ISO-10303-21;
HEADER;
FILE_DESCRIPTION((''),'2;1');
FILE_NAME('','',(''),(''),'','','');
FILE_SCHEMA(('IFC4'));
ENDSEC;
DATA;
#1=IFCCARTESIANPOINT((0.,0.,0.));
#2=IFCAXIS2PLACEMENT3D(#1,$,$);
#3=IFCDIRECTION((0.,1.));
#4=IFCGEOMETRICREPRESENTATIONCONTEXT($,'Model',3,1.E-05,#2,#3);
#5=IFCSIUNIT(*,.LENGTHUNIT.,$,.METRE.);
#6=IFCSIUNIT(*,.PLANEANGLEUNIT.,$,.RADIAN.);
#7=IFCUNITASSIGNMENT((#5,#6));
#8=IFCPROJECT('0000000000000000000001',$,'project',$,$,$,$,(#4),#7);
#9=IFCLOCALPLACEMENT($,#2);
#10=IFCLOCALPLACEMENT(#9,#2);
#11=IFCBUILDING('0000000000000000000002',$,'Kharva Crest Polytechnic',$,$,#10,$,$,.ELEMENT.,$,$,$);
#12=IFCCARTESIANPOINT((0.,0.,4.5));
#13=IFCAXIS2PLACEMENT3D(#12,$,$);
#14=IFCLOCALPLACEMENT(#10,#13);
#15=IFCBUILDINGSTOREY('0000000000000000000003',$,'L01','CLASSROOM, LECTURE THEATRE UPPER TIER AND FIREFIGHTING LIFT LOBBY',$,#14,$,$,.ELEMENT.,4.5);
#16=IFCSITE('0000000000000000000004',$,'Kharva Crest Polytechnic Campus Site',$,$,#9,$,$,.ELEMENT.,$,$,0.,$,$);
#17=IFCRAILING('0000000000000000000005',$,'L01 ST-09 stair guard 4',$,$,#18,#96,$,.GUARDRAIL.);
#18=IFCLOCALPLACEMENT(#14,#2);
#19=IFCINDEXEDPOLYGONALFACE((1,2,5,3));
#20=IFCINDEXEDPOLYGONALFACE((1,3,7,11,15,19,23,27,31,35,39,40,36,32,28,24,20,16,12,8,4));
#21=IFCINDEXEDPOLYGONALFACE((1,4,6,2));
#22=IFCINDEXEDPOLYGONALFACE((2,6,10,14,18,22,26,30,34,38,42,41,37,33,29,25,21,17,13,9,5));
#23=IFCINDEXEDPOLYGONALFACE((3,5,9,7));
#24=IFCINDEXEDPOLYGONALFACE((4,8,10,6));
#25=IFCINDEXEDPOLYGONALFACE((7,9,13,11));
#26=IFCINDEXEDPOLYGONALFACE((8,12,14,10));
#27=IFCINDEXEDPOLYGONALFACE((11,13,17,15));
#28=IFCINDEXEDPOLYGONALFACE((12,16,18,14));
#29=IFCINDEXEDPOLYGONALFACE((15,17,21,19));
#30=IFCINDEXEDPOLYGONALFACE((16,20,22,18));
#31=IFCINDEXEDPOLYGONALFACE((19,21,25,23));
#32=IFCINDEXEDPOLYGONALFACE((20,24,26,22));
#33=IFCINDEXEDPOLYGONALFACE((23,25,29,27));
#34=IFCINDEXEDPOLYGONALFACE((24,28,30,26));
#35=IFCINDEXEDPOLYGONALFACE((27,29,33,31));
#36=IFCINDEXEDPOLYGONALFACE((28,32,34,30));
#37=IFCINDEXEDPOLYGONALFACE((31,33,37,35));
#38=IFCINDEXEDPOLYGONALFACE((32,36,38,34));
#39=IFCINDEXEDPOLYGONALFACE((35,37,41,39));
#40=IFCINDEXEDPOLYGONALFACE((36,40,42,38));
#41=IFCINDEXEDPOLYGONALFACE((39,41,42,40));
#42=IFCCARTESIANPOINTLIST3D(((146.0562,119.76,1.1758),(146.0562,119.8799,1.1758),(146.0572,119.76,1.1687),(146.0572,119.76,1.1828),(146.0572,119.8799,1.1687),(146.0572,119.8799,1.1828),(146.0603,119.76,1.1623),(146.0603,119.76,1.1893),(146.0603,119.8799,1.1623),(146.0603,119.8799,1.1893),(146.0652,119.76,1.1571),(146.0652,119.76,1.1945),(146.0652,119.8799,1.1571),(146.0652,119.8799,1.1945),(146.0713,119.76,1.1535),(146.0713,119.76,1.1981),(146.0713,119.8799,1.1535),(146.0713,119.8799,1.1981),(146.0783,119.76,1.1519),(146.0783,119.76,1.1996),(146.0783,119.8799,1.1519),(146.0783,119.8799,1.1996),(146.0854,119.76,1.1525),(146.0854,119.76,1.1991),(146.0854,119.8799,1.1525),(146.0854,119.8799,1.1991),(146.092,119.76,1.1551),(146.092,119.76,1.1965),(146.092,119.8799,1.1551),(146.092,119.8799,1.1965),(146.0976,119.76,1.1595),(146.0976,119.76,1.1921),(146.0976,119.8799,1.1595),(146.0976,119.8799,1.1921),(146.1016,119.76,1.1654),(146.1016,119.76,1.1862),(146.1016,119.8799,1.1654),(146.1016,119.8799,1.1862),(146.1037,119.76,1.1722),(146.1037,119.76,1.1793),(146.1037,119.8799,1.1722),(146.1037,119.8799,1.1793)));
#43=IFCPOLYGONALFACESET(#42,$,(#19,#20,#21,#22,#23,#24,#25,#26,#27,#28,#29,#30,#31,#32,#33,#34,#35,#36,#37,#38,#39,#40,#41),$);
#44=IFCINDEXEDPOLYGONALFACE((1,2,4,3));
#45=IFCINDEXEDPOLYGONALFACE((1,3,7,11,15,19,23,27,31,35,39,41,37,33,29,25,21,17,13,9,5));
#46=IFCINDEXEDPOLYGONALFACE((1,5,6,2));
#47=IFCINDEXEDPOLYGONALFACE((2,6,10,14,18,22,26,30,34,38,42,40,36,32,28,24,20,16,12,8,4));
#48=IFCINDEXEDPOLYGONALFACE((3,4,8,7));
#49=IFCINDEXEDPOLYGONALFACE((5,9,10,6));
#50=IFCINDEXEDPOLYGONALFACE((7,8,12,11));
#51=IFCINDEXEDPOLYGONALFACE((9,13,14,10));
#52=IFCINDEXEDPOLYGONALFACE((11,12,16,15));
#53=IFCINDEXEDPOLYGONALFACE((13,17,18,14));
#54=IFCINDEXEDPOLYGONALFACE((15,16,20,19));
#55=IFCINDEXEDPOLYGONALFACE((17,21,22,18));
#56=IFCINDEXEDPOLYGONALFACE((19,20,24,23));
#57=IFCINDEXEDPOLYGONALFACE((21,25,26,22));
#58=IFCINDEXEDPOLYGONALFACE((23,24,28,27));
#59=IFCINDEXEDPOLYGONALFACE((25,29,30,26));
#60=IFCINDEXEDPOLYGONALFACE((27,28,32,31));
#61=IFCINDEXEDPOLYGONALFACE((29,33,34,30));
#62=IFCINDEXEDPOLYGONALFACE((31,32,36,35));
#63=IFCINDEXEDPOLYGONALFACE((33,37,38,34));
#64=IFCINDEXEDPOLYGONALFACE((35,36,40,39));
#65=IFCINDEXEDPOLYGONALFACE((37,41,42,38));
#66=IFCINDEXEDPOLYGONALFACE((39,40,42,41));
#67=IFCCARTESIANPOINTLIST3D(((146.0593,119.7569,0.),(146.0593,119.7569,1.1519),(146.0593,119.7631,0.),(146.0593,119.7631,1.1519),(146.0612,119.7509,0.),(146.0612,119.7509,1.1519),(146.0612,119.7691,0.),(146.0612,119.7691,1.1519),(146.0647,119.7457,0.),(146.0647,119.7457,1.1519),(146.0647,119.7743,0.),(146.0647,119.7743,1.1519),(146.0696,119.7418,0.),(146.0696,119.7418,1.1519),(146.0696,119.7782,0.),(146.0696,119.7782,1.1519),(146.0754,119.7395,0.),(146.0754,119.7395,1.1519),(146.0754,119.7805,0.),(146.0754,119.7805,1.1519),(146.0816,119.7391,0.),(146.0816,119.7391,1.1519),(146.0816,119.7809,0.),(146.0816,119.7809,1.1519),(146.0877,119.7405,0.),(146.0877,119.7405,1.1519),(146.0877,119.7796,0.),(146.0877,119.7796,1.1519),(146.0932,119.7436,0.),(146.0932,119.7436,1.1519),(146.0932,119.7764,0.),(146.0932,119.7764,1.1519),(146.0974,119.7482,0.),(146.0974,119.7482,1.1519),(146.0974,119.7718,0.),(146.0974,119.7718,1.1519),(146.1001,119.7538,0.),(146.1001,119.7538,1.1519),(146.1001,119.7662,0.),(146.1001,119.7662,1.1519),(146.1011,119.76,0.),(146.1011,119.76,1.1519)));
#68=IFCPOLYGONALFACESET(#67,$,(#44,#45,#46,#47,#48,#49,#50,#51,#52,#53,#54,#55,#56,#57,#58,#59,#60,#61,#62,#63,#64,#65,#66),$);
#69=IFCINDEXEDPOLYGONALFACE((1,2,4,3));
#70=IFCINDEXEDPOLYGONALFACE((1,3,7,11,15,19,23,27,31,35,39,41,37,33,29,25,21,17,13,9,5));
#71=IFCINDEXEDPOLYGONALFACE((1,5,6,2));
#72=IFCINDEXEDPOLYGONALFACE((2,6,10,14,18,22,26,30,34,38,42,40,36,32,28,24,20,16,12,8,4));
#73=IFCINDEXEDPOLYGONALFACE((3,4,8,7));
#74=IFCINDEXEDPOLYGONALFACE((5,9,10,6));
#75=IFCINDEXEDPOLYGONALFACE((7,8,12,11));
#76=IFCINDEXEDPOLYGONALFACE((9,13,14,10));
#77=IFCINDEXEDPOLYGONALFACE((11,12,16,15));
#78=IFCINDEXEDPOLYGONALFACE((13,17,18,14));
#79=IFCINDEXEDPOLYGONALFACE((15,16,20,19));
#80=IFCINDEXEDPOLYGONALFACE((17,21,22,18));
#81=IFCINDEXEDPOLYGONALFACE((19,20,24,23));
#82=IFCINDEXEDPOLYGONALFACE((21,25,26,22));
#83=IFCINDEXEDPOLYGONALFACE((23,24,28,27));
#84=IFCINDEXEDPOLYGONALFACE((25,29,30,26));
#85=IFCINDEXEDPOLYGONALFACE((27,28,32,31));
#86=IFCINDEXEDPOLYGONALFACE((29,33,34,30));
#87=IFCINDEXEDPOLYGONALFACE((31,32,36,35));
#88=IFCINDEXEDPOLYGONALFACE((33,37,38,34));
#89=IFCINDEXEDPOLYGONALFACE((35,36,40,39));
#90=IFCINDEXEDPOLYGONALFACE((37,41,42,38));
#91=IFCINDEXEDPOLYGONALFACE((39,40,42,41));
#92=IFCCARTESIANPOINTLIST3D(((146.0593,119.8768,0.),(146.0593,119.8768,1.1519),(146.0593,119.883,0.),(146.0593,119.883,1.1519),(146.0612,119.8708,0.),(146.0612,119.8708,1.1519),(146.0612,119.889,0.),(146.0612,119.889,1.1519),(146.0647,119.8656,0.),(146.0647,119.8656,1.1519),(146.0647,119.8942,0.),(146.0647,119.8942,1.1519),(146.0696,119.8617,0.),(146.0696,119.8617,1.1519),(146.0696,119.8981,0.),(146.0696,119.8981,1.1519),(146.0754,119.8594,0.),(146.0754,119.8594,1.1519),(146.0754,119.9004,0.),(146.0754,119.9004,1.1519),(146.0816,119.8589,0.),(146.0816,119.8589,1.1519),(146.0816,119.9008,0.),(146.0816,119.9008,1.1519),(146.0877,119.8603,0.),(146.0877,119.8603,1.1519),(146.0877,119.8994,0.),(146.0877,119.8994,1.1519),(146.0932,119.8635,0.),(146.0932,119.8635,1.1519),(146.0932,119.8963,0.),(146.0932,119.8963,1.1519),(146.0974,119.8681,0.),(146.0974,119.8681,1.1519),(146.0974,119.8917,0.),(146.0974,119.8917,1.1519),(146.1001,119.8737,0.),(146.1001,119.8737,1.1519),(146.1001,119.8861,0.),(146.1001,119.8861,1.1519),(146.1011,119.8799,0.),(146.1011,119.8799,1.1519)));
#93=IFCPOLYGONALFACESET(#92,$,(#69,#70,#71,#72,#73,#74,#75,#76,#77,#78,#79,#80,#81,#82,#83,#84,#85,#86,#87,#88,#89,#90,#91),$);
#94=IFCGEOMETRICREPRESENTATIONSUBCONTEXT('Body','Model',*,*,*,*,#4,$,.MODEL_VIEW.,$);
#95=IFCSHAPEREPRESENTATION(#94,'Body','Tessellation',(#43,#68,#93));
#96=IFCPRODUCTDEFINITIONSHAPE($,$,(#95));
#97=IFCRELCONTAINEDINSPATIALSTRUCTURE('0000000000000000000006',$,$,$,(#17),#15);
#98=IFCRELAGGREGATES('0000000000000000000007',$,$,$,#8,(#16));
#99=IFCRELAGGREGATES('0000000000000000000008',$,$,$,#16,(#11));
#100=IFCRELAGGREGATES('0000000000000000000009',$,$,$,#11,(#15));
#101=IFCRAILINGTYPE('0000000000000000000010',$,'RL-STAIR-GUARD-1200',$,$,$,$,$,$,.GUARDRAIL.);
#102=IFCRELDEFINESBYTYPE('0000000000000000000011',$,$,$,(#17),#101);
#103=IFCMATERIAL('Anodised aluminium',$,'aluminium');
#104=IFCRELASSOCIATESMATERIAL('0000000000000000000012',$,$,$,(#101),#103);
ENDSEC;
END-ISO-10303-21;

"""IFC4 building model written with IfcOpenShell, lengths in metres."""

from ifc_helpers import new_model, si_unit, direction, frame, origin, origin_2d, place, context, subcontext, project, spatial, circle, extrude, material, type_object, element, save


model = new_model("IFC4")

# Units and contexts
model_context = context("Model", 3, precision=1e-05, world=origin(), true_north=direction((0.0, 1.0)))
body_context = subcontext(model_context, "Body", "Model", "MODEL_VIEW")
ifc_project = project(units=[si_unit("LENGTHUNIT", "METRE"), si_unit("PLANEANGLEUNIT", "RADIAN")], contexts=[model_context])

# Site, building, storey
site_placement = place(None, origin())
site = spatial("IfcSite", under=ifc_project, at=site_placement, Name="Kharva Crest Polytechnic Campus Site", CompositionType="ELEMENT", RefElevation=0.0)
building_placement = place(site_placement, origin())
building = spatial("IfcBuilding", under=site, at=building_placement, Name="Kharva Crest Polytechnic", CompositionType="ELEMENT")
storey_placement = place(building_placement, frame((0.0, 0.0, 4.5)))
storey = spatial("IfcBuildingStorey", under=building, at=storey_placement, Name="L01", Description="CLASSROOM, LECTURE THEATRE UPPER TIER AND FIREFIGHTING LIFT LOBBY", CompositionType="ELEMENT", Elevation=4.5)

# Railing
ifc_material_1 = material(Name="Anodised aluminium", Category="aluminium")
railing_type_1 = type_object("IfcRailingType", Name="RL-STAIR-GUARD-1200", PredefinedType="GUARDRAIL", material=ifc_material_1)
railing_1_placement = place(storey_placement, frame((146.0801, 119.76, 0.0)))
element("IfcRailing", 1, at=railing_1_placement, inside=storey, type_object=railing_type_1, Name="L01 ST-09 stair guard 4", PredefinedType="GUARDRAIL", context=body_context, shape_type="SweptSolid", body=[
    extrude(circle(Radius=0.0239, at=origin_2d()), frame((0.0, 0.0, 1.1758), z_axis=(0.0, 1.0, 0.0), x_axis=(-1.0, 0.0, 0.0)), (0.0, 0.0, 1.0), 0.1199),
    extrude(circle(Radius=0.021, at=origin_2d()), origin(), (0.0, 0.0, 1.0), 1.1519),
    extrude(circle(Radius=0.021, at=origin_2d()), frame((0.0, 0.1199, 0.0)), (0.0, 0.0, 1.0), 1.1519),
])

save(model, "model.ifc")
